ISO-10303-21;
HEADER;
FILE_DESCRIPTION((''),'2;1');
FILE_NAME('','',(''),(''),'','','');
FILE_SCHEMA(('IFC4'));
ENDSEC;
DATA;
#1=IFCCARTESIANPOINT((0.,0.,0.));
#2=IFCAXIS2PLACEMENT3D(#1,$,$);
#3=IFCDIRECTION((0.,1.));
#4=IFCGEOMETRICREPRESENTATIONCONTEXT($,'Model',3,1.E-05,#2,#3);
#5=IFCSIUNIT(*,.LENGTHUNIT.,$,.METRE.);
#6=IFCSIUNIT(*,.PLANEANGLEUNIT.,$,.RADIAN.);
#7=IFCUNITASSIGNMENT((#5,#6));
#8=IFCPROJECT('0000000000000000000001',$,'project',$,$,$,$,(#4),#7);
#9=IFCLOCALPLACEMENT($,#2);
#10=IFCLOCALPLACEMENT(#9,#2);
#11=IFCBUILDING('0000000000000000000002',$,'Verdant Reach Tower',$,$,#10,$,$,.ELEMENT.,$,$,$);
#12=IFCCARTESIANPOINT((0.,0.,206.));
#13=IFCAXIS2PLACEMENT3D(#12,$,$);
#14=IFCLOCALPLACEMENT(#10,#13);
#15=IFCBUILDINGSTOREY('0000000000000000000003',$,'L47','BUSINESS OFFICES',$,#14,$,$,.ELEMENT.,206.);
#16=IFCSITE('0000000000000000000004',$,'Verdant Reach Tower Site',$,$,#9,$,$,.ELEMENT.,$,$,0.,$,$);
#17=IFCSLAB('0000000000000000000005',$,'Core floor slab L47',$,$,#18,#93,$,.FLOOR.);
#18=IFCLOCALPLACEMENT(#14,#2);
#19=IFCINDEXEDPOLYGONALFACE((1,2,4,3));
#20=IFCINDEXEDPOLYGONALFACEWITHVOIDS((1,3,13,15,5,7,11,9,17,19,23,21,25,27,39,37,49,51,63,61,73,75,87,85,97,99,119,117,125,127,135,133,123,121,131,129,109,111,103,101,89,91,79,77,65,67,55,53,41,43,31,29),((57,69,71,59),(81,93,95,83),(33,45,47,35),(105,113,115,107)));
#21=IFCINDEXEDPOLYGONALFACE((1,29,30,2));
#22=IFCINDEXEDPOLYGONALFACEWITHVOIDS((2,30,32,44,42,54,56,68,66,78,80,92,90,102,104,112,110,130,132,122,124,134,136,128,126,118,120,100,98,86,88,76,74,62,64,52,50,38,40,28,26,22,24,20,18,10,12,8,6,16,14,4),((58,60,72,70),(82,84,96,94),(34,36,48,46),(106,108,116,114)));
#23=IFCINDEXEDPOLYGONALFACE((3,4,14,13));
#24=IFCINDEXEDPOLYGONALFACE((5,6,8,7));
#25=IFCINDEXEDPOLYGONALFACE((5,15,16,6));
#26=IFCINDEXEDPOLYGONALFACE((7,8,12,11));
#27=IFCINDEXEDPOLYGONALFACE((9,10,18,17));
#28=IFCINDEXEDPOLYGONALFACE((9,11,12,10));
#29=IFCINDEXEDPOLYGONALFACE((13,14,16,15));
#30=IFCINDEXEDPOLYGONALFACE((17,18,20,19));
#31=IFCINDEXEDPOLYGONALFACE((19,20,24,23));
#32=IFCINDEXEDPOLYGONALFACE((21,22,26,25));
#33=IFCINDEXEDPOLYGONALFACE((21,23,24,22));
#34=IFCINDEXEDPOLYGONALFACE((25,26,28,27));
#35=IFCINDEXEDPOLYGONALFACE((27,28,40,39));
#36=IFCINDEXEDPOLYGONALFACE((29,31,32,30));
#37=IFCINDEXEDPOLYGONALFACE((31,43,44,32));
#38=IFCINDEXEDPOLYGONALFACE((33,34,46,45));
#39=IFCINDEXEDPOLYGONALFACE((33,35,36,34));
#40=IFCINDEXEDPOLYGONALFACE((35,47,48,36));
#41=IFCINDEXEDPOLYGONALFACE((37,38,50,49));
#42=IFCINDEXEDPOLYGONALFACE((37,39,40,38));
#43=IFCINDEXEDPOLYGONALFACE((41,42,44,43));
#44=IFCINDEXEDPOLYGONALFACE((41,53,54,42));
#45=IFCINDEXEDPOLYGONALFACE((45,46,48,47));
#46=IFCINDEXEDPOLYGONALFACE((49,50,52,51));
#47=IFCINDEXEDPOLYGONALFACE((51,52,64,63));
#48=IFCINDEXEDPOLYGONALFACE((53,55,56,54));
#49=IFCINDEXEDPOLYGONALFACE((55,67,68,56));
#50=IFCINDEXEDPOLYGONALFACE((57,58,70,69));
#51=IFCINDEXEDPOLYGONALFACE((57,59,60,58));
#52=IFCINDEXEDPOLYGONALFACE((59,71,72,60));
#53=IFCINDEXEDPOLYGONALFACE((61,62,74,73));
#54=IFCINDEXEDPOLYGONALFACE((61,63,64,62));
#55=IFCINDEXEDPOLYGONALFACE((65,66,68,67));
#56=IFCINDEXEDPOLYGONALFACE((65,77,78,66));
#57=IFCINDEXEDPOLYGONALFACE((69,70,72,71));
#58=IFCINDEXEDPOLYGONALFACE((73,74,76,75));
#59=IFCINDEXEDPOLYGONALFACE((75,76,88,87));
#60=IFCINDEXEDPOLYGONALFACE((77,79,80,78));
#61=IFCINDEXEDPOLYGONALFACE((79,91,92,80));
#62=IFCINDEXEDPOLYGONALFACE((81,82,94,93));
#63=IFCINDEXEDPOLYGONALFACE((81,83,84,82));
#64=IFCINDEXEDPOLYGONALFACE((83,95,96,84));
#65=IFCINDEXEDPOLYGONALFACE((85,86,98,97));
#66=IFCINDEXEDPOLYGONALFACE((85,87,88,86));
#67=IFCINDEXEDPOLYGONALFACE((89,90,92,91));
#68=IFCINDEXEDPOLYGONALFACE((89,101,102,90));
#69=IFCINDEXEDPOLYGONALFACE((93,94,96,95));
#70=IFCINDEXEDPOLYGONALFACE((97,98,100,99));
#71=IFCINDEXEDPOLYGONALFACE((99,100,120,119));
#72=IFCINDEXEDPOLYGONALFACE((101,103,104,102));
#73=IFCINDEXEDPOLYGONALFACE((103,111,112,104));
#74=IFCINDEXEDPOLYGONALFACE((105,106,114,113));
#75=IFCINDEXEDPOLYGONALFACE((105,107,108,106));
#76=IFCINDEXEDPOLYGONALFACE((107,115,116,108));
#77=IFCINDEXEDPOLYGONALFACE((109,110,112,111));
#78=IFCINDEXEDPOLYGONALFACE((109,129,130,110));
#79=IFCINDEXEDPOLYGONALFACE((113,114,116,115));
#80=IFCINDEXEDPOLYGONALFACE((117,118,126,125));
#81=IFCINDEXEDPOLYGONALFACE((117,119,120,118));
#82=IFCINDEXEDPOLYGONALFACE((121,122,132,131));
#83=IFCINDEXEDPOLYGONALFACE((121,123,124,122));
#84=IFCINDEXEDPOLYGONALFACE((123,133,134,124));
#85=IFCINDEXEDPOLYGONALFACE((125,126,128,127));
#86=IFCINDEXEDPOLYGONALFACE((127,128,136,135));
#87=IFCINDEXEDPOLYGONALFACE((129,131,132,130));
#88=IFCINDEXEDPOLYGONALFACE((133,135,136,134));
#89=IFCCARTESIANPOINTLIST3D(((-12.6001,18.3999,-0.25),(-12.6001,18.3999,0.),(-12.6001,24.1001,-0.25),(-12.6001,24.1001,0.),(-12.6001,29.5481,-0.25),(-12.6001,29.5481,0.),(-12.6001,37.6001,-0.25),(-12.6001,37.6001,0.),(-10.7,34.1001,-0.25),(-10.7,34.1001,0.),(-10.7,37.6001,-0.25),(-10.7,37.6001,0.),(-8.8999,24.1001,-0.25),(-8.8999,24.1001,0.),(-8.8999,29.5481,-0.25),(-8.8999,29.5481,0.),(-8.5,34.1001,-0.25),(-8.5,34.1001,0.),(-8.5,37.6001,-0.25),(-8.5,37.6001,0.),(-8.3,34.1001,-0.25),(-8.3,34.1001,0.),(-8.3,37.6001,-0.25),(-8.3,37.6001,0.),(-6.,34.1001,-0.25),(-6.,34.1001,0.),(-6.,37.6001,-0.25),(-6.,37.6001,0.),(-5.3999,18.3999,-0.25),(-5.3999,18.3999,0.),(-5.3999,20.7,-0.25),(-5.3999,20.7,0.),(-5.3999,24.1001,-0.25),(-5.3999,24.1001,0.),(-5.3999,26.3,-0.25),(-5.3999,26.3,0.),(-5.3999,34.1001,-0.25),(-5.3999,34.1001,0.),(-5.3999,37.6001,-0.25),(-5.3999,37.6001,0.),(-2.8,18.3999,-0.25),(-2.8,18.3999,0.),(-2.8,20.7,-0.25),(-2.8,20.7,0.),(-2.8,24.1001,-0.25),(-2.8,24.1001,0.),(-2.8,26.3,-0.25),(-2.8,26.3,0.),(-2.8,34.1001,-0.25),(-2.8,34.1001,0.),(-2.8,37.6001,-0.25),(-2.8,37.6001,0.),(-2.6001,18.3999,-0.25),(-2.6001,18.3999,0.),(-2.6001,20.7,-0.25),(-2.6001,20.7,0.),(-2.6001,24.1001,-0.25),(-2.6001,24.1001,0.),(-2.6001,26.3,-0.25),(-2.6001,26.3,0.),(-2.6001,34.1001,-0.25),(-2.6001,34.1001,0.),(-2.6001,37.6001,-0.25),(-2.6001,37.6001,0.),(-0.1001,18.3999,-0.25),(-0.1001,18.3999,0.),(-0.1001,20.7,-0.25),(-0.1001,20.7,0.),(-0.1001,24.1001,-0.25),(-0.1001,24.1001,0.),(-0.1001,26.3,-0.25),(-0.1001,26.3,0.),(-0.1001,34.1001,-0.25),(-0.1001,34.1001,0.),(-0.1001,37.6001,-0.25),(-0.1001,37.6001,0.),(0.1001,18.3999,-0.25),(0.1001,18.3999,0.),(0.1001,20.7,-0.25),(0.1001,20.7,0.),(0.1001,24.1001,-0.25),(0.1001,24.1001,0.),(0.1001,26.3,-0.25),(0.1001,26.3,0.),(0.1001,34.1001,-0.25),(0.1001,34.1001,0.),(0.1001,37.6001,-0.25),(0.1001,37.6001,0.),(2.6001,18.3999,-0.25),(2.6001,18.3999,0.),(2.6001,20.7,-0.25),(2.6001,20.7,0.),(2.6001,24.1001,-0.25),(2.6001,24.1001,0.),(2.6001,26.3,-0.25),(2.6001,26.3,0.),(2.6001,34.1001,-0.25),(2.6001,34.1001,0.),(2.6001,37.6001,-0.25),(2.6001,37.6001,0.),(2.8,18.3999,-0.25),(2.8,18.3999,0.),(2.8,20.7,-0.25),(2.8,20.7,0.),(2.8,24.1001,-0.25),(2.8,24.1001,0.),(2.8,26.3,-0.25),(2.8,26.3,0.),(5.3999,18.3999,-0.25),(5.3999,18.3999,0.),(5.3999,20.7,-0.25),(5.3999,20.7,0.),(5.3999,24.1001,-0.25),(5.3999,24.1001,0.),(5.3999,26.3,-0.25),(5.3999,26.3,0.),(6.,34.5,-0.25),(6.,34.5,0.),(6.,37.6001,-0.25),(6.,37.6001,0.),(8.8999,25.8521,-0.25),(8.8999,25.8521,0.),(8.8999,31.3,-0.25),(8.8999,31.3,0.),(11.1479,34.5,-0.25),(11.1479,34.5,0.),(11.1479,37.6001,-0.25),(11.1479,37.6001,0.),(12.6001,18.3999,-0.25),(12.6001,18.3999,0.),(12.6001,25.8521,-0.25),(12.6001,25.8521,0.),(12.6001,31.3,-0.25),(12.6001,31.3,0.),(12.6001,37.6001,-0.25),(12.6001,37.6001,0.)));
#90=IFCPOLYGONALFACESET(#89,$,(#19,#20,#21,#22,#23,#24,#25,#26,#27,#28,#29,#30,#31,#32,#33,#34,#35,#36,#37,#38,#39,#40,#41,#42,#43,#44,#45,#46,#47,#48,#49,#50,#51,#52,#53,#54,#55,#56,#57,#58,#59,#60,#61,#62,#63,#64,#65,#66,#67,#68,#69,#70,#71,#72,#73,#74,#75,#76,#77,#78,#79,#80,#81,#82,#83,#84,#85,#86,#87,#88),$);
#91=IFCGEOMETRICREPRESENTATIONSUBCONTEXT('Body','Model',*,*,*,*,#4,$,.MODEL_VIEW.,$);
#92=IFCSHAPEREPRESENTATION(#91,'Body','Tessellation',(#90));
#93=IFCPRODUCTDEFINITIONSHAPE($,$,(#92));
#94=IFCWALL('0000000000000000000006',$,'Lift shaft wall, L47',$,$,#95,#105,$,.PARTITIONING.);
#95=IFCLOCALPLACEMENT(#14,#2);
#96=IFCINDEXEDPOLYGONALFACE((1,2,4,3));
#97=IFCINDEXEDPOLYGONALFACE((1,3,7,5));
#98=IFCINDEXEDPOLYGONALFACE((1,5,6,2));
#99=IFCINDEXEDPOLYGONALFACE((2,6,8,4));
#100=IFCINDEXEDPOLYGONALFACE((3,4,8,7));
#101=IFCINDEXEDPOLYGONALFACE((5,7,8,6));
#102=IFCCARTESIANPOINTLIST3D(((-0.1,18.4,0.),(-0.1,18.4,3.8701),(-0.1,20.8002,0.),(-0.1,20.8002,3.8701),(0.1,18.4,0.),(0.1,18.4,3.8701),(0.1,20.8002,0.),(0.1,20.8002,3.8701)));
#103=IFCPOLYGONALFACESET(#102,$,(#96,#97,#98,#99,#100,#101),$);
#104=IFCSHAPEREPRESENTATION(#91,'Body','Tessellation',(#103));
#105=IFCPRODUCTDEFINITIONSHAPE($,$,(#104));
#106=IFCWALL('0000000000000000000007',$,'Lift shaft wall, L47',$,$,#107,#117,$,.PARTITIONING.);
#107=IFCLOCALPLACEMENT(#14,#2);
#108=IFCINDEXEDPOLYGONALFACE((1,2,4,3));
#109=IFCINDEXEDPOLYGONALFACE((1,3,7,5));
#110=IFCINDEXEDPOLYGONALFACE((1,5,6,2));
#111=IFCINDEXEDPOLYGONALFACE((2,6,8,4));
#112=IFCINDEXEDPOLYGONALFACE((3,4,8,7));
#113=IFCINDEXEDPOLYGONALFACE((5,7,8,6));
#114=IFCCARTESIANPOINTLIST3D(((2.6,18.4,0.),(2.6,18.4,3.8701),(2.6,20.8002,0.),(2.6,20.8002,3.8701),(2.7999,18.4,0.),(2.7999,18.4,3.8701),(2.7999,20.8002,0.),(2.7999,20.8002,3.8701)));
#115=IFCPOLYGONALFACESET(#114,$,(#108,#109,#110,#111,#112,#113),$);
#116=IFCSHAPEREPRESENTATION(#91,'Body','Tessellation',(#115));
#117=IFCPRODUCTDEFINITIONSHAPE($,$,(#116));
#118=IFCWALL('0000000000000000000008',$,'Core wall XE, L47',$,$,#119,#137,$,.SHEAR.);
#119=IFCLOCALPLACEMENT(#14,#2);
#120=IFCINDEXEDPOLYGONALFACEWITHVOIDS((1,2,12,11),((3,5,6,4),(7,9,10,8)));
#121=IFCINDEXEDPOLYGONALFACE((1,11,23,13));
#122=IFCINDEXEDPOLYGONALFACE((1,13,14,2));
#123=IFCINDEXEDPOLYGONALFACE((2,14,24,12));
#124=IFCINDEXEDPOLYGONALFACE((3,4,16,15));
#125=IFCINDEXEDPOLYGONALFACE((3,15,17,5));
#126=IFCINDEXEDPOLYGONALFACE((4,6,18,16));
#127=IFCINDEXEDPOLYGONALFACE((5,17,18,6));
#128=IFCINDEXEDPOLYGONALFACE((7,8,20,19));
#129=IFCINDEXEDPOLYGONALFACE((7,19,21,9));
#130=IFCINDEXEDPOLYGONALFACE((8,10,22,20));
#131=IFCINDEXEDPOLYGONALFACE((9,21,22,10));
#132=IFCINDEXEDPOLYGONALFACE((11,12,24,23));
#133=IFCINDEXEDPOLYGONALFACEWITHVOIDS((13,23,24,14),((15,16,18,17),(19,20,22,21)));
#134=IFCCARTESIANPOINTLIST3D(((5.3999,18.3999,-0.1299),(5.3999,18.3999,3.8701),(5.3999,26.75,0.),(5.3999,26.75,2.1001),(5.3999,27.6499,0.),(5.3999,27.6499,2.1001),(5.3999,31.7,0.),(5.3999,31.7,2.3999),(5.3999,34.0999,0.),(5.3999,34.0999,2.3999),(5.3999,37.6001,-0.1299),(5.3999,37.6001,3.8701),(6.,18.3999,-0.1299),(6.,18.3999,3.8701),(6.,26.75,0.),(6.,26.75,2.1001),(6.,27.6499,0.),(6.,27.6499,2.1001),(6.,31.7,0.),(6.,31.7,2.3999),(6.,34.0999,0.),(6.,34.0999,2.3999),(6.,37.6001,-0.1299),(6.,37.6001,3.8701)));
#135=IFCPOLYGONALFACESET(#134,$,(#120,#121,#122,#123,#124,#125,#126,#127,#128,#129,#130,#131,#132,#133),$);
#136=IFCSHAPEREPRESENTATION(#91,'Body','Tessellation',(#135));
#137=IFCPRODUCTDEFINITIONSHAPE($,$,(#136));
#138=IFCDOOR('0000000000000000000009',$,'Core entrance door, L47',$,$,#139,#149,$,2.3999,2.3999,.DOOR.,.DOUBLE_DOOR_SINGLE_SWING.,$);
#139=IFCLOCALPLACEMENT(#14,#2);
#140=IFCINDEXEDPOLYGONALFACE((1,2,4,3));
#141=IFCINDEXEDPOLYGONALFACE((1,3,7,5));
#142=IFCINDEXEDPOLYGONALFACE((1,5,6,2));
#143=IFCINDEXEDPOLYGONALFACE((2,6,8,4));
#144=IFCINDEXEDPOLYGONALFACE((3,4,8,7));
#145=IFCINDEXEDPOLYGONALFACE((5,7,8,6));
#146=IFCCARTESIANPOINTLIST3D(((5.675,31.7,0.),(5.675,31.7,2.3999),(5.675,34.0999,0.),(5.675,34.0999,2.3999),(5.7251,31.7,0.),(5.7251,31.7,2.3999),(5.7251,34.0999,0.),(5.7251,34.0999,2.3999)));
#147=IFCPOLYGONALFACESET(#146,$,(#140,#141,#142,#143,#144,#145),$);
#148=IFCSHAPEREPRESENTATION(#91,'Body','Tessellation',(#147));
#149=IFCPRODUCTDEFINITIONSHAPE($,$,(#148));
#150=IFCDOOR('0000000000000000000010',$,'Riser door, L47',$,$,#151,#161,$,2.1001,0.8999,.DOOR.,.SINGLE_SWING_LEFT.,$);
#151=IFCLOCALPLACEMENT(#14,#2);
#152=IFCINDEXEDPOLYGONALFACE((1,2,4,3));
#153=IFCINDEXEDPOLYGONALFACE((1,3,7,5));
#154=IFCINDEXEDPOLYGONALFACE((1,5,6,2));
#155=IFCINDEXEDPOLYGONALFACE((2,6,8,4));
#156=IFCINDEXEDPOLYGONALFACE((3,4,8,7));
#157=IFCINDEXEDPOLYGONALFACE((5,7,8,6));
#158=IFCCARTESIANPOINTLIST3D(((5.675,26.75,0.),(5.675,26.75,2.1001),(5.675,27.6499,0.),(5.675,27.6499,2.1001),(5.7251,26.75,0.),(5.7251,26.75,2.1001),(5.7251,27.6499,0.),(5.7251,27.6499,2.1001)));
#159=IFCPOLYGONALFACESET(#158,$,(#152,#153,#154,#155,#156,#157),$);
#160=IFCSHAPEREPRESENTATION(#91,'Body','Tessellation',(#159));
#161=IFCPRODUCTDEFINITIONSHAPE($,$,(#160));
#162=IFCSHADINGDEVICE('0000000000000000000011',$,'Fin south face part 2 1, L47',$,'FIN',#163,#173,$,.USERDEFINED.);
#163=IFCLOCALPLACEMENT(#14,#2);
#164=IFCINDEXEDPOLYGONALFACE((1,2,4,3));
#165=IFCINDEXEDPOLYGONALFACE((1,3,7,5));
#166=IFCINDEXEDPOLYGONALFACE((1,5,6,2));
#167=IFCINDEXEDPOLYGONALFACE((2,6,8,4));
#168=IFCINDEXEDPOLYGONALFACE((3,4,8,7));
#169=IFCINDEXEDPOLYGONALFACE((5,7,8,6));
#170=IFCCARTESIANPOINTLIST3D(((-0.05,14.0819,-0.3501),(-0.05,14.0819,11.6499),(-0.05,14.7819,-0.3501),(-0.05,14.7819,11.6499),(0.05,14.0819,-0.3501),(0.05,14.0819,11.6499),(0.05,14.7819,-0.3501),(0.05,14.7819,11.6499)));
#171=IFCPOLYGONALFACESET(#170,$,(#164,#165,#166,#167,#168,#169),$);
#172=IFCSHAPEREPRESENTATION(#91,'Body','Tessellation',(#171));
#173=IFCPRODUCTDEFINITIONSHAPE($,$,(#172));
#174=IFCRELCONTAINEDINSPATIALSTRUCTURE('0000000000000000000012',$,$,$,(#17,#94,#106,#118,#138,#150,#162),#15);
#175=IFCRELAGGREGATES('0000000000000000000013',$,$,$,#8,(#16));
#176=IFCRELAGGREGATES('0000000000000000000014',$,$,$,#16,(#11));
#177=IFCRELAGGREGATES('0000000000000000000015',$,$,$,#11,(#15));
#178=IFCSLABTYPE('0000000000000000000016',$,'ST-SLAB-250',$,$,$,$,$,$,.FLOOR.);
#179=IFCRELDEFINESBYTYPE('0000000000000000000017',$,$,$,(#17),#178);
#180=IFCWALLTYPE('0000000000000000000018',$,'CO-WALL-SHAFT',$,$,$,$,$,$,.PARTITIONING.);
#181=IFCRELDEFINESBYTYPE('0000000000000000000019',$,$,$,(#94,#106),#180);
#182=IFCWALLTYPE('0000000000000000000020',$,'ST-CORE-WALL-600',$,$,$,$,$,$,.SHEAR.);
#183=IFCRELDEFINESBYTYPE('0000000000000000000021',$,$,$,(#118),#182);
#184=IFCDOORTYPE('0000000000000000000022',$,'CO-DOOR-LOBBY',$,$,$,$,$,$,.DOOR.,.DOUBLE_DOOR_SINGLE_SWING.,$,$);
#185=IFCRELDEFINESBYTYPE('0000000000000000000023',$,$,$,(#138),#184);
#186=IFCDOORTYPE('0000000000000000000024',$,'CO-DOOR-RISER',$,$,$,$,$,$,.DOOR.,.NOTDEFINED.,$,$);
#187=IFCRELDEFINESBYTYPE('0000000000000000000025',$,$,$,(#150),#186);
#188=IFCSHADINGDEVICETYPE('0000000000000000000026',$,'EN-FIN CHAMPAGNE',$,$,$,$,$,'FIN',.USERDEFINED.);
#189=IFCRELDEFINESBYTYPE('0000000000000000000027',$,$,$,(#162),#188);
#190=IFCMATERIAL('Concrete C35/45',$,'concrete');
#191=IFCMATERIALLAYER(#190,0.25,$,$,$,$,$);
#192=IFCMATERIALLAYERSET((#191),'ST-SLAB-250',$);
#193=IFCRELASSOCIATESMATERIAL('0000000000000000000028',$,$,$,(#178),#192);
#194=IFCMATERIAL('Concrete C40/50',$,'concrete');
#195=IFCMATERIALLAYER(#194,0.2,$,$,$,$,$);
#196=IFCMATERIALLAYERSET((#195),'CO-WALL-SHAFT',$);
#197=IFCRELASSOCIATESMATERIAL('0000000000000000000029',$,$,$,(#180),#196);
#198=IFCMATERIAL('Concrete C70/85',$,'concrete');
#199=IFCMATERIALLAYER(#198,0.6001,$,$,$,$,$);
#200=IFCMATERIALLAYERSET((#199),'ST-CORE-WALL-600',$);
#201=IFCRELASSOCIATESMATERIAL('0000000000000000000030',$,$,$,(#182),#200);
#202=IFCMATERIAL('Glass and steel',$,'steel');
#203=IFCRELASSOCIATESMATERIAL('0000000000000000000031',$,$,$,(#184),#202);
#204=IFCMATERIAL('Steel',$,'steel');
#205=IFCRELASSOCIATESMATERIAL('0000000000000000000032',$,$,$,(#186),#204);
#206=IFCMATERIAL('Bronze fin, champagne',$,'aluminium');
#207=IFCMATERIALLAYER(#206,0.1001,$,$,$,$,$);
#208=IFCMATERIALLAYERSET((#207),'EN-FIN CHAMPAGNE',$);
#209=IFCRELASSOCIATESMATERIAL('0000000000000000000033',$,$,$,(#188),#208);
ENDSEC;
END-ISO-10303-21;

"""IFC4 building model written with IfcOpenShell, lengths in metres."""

from ifc_helpers import new_model, si_unit, direction, frame, frame_2d, origin, origin_2d, place, context, subcontext, project, spatial, polyline, rectangle, outline, extrude, material, layer, layer_set, type_object, element, fill, save


model = new_model("IFC4")

# Units and contexts
model_context = context("Model", 3, precision=1e-05, world=origin(), true_north=direction((0.0, 1.0)))
body_context = subcontext(model_context, "Body", "Model", "MODEL_VIEW")
ifc_project = project(units=[si_unit("LENGTHUNIT", "METRE"), si_unit("PLANEANGLEUNIT", "RADIAN")], contexts=[model_context])

# Site, building, storey
site_placement = place(None, origin())
site = spatial("IfcSite", under=ifc_project, at=site_placement, Name="Verdant Reach Tower Site", CompositionType="ELEMENT", RefElevation=0.0)
building_placement = place(site_placement, origin())
building = spatial("IfcBuilding", under=site, at=building_placement, Name="Verdant Reach Tower", CompositionType="ELEMENT")
storey_placement = place(building_placement, frame((0.0, 0.0, 206.0)))
storey = spatial("IfcBuildingStorey", under=building, at=storey_placement, Name="L47", Description="BUSINESS OFFICES", CompositionType="ELEMENT", Elevation=206.0)

# Shared definitions
ifc_material_1 = material(Name="Concrete C40/50", Category="concrete")

# Slab
ifc_material_2 = material(Name="Concrete C35/45", Category="concrete")
ifc_layer_1 = layer(ifc_material_2, 0.25)
ifc_layer_set_1 = layer_set([ifc_layer_1], Name="ST-SLAB-250")
slab_type_1 = type_object("IfcSlabType", Name="ST-SLAB-250", PredefinedType="FLOOR", material=ifc_layer_set_1)
slab_1_placement = place(storey_placement, frame((0.0, 0.0, -0.25)))
element("IfcSlab", 1, at=slab_1_placement, inside=storey, type_object=slab_type_1, Name="Core floor slab L47", PredefinedType="FLOOR", context=body_context, shape_type="SweptSolid", body=[
    extrude(outline(polyline([(12.6001, 18.3999), (5.3999, 18.3999), (5.3999, 20.7), (2.8, 20.7), (2.8, 18.3999), (2.6001, 18.3999), (2.6001, 20.7), (0.1001, 20.7), (0.1001, 18.3999), (-0.1001, 18.3999), (-0.1001, 20.7), (-2.6001, 20.7), (-2.6001, 18.3999), (-2.8, 18.3999), (-2.8, 20.7), (-5.3999, 20.7), (-5.3999, 18.3999), (-12.6001, 18.3999), (-12.6001, 24.1001), (-8.8999, 24.1001), (-8.8999, 29.5481), (-12.6001, 29.5481), (-12.6001, 37.6001), (-10.7, 37.6001), (-10.7, 34.1001), (-8.5, 34.1001), (-8.5, 37.6001), (-8.3, 37.6001), (-8.3, 34.1001), (-6.0, 34.1001), (-6.0, 37.6001), (-5.3999, 37.6001), (-5.3999, 34.1001), (-2.8, 34.1001), (-2.8, 37.6001), (-2.6001, 37.6001), (-2.6001, 34.1001), (-0.1001, 34.1001), (-0.1001, 37.6001), (0.1001, 37.6001), (0.1001, 34.1001), (2.6001, 34.1001), (2.6001, 37.6001), (6.0, 37.6001), (6.0, 34.5), (11.1479, 34.5), (11.1479, 37.6001), (12.6001, 37.6001), (12.6001, 31.3), (8.8999, 31.3), (8.8999, 25.8521), (12.6001, 25.8521), (12.6001, 18.3999)]), holes=[polyline([(-2.8, 24.1001), (-2.8, 26.3), (-5.3999, 26.3), (-5.3999, 24.1001), (-2.8, 24.1001)]), polyline([(-0.1001, 24.1001), (-0.1001, 26.3), (-2.6001, 26.3), (-2.6001, 24.1001), (-0.1001, 24.1001)]), polyline([(2.6001, 24.1001), (2.6001, 26.3), (0.1001, 26.3), (0.1001, 24.1001), (2.6001, 24.1001)]), polyline([(5.3999, 24.1001), (5.3999, 26.3), (2.8, 26.3), (2.8, 24.1001), (5.3999, 24.1001)])]), origin(), (0.0, 0.0, 1.0), 0.25),
])

# Walls
ifc_layer_2 = layer(ifc_material_1, 0.2)
ifc_layer_set_2 = layer_set([ifc_layer_2], Name="CO-WALL-SHAFT")
wall_type_1 = type_object("IfcWallType", Name="CO-WALL-SHAFT", PredefinedType="PARTITIONING", material=ifc_layer_set_2)
for number, where, z_axis, x_axis, name in (
    (2, (0.0, 18.3999, 0.0), (0.0, 0.0, 1.0), (0.0, 1.0, 0.0), "Lift shaft wall, L47"),
    (3, (2.7, 18.3999, 0.0), (0.0, 0.0, 1.0), (0.0, 1.0, 0.0), "Lift shaft wall, L47"),
):
    element("IfcWall", number, at=place(storey_placement, frame(where, z_axis=z_axis, x_axis=x_axis)), inside=storey, type_object=wall_type_1, Name=name, PredefinedType="PARTITIONING", context=body_context, shape_type="SweptSolid", body=[
        extrude(rectangle(XDim=2.4001, YDim=0.2, at=frame_2d((1.2002, 0.0))), origin(), (0.0, 0.0, 1.0), 3.8701),
    ])

# Wall, openings, doors
ifc_material_3 = material(Name="Concrete C70/85", Category="concrete")
ifc_layer_3 = layer(ifc_material_3, 0.6001)
ifc_layer_set_3 = layer_set([ifc_layer_3], Name="ST-CORE-WALL-600")
wall_type_2 = type_object("IfcWallType", Name="ST-CORE-WALL-600", PredefinedType="SHEAR", material=ifc_layer_set_3)
wall_placement = place(storey_placement, frame((5.7, 18.3999, -0.1299), z_axis=(0.0, 0.0, 1.0), x_axis=(0.0, 1.0, 0.0)))
wall = element("IfcWall", 4, at=wall_placement, inside=storey, type_object=wall_type_2, Name="Core wall XE, L47", PredefinedType="SHEAR", context=body_context, shape_type="SweptSolid", body=[
    extrude(rectangle(XDim=19.2002, YDim=0.6001, at=frame_2d((9.6001, 0.0))), origin(), (0.0, 0.0, 1.0), 4.0),
])
opening_1_placement = place(wall_placement, frame((8.3501, 0.0, 0.1299)))
opening_1 = element("IfcOpeningElement", 5, at=opening_1_placement, cuts=wall, PredefinedType="OPENING", context=body_context, shape_type="SweptSolid", body=[
    extrude(rectangle(XDim=0.8999, YDim=2.1001, at=frame_2d((0.45, 1.05))), frame((0.0, 0.3101, 0.0), z_axis=(0.0, -1.0, 0.0), x_axis=(1.0, 0.0, 0.0)), (0.0, 0.0, 1.0), 0.6201),
])
opening_2_placement = place(wall_placement, frame((13.3, 0.0, 0.1299)))
opening_2 = element("IfcOpeningElement", 6, at=opening_2_placement, cuts=wall, PredefinedType="OPENING", context=body_context, shape_type="SweptSolid", body=[
    extrude(rectangle(XDim=2.3999, YDim=2.3999, at=frame_2d((1.2, 1.2))), frame((0.0, 0.3101, 0.0), z_axis=(0.0, -1.0, 0.0), x_axis=(1.0, 0.0, 0.0)), (0.0, 0.0, 1.0), 0.6201),
])
ifc_material_4 = material(Name="Glass and steel", Category="steel")
door_type_1 = type_object("IfcDoorType", Name="CO-DOOR-LOBBY", OperationType="DOUBLE_DOOR_SINGLE_SWING", PredefinedType="DOOR", material=ifc_material_4)
door_1_placement = place(opening_2_placement, origin())
door_1 = element("IfcDoor", 7, at=door_1_placement, inside=storey, type_object=door_type_1, Name="Core entrance door, L47", OperationType="DOUBLE_DOOR_SINGLE_SWING", OverallHeight=2.3999, OverallWidth=2.3999, PredefinedType="DOOR", context=body_context, shape_type="SweptSolid", body=[
    extrude(rectangle(XDim=2.3999, YDim=2.3999, at=frame_2d((1.2, 1.2))), frame((0.0, 0.0249, 0.0), z_axis=(0.0, -1.0, 0.0), x_axis=(1.0, 0.0, 0.0)), (0.0, 0.0, 1.0), 0.05),
])
fill(opening_2, door_1)
ifc_material_5 = material(Name="Steel", Category="steel")
door_type_2 = type_object("IfcDoorType", Name="CO-DOOR-RISER", OperationType="NOTDEFINED", PredefinedType="DOOR", material=ifc_material_5)
door_2_placement = place(opening_1_placement, origin())
door_2 = element("IfcDoor", 8, at=door_2_placement, inside=storey, type_object=door_type_2, Name="Riser door, L47", OperationType="SINGLE_SWING_LEFT", OverallHeight=2.1001, OverallWidth=0.8999, PredefinedType="DOOR", context=body_context, shape_type="SweptSolid", body=[
    extrude(rectangle(XDim=0.8999, YDim=2.1001, at=frame_2d((0.45, 1.05))), frame((0.0, 0.0249, 0.0), z_axis=(0.0, -1.0, 0.0), x_axis=(1.0, 0.0, 0.0)), (0.0, 0.0, 1.0), 0.05),
])
fill(opening_1, door_2)

# Shading device
ifc_material_6 = material(Name="Bronze fin, champagne", Category="aluminium")
ifc_layer_4 = layer(ifc_material_6, 0.1001)
ifc_layer_set_4 = layer_set([ifc_layer_4], Name="EN-FIN CHAMPAGNE")
shading_device_type_1 = type_object("IfcShadingDeviceType", Name="EN-FIN CHAMPAGNE", ElementType="FIN", PredefinedType="USERDEFINED", material=ifc_layer_set_4)
for number, where, z_axis, x_axis, name in (
    (9, (0.0, 14.4319, -0.3501), (0.0, 0.0, 1.0), (1.0, 0.0, 0.0), "Fin south face part 2 1, L47"),
):
    element("IfcShadingDevice", number, at=place(storey_placement, frame(where, z_axis=z_axis, x_axis=x_axis)), inside=storey, type_object=shading_device_type_1, Name=name, ObjectType="FIN", PredefinedType="USERDEFINED", context=body_context, shape_type="SweptSolid", body=[
        extrude(rectangle(XDim=0.1001, YDim=0.7, at=origin_2d()), origin(), (0.0, 0.0, 1.0), 12.0),
    ])

save(model, "model.ifc")
